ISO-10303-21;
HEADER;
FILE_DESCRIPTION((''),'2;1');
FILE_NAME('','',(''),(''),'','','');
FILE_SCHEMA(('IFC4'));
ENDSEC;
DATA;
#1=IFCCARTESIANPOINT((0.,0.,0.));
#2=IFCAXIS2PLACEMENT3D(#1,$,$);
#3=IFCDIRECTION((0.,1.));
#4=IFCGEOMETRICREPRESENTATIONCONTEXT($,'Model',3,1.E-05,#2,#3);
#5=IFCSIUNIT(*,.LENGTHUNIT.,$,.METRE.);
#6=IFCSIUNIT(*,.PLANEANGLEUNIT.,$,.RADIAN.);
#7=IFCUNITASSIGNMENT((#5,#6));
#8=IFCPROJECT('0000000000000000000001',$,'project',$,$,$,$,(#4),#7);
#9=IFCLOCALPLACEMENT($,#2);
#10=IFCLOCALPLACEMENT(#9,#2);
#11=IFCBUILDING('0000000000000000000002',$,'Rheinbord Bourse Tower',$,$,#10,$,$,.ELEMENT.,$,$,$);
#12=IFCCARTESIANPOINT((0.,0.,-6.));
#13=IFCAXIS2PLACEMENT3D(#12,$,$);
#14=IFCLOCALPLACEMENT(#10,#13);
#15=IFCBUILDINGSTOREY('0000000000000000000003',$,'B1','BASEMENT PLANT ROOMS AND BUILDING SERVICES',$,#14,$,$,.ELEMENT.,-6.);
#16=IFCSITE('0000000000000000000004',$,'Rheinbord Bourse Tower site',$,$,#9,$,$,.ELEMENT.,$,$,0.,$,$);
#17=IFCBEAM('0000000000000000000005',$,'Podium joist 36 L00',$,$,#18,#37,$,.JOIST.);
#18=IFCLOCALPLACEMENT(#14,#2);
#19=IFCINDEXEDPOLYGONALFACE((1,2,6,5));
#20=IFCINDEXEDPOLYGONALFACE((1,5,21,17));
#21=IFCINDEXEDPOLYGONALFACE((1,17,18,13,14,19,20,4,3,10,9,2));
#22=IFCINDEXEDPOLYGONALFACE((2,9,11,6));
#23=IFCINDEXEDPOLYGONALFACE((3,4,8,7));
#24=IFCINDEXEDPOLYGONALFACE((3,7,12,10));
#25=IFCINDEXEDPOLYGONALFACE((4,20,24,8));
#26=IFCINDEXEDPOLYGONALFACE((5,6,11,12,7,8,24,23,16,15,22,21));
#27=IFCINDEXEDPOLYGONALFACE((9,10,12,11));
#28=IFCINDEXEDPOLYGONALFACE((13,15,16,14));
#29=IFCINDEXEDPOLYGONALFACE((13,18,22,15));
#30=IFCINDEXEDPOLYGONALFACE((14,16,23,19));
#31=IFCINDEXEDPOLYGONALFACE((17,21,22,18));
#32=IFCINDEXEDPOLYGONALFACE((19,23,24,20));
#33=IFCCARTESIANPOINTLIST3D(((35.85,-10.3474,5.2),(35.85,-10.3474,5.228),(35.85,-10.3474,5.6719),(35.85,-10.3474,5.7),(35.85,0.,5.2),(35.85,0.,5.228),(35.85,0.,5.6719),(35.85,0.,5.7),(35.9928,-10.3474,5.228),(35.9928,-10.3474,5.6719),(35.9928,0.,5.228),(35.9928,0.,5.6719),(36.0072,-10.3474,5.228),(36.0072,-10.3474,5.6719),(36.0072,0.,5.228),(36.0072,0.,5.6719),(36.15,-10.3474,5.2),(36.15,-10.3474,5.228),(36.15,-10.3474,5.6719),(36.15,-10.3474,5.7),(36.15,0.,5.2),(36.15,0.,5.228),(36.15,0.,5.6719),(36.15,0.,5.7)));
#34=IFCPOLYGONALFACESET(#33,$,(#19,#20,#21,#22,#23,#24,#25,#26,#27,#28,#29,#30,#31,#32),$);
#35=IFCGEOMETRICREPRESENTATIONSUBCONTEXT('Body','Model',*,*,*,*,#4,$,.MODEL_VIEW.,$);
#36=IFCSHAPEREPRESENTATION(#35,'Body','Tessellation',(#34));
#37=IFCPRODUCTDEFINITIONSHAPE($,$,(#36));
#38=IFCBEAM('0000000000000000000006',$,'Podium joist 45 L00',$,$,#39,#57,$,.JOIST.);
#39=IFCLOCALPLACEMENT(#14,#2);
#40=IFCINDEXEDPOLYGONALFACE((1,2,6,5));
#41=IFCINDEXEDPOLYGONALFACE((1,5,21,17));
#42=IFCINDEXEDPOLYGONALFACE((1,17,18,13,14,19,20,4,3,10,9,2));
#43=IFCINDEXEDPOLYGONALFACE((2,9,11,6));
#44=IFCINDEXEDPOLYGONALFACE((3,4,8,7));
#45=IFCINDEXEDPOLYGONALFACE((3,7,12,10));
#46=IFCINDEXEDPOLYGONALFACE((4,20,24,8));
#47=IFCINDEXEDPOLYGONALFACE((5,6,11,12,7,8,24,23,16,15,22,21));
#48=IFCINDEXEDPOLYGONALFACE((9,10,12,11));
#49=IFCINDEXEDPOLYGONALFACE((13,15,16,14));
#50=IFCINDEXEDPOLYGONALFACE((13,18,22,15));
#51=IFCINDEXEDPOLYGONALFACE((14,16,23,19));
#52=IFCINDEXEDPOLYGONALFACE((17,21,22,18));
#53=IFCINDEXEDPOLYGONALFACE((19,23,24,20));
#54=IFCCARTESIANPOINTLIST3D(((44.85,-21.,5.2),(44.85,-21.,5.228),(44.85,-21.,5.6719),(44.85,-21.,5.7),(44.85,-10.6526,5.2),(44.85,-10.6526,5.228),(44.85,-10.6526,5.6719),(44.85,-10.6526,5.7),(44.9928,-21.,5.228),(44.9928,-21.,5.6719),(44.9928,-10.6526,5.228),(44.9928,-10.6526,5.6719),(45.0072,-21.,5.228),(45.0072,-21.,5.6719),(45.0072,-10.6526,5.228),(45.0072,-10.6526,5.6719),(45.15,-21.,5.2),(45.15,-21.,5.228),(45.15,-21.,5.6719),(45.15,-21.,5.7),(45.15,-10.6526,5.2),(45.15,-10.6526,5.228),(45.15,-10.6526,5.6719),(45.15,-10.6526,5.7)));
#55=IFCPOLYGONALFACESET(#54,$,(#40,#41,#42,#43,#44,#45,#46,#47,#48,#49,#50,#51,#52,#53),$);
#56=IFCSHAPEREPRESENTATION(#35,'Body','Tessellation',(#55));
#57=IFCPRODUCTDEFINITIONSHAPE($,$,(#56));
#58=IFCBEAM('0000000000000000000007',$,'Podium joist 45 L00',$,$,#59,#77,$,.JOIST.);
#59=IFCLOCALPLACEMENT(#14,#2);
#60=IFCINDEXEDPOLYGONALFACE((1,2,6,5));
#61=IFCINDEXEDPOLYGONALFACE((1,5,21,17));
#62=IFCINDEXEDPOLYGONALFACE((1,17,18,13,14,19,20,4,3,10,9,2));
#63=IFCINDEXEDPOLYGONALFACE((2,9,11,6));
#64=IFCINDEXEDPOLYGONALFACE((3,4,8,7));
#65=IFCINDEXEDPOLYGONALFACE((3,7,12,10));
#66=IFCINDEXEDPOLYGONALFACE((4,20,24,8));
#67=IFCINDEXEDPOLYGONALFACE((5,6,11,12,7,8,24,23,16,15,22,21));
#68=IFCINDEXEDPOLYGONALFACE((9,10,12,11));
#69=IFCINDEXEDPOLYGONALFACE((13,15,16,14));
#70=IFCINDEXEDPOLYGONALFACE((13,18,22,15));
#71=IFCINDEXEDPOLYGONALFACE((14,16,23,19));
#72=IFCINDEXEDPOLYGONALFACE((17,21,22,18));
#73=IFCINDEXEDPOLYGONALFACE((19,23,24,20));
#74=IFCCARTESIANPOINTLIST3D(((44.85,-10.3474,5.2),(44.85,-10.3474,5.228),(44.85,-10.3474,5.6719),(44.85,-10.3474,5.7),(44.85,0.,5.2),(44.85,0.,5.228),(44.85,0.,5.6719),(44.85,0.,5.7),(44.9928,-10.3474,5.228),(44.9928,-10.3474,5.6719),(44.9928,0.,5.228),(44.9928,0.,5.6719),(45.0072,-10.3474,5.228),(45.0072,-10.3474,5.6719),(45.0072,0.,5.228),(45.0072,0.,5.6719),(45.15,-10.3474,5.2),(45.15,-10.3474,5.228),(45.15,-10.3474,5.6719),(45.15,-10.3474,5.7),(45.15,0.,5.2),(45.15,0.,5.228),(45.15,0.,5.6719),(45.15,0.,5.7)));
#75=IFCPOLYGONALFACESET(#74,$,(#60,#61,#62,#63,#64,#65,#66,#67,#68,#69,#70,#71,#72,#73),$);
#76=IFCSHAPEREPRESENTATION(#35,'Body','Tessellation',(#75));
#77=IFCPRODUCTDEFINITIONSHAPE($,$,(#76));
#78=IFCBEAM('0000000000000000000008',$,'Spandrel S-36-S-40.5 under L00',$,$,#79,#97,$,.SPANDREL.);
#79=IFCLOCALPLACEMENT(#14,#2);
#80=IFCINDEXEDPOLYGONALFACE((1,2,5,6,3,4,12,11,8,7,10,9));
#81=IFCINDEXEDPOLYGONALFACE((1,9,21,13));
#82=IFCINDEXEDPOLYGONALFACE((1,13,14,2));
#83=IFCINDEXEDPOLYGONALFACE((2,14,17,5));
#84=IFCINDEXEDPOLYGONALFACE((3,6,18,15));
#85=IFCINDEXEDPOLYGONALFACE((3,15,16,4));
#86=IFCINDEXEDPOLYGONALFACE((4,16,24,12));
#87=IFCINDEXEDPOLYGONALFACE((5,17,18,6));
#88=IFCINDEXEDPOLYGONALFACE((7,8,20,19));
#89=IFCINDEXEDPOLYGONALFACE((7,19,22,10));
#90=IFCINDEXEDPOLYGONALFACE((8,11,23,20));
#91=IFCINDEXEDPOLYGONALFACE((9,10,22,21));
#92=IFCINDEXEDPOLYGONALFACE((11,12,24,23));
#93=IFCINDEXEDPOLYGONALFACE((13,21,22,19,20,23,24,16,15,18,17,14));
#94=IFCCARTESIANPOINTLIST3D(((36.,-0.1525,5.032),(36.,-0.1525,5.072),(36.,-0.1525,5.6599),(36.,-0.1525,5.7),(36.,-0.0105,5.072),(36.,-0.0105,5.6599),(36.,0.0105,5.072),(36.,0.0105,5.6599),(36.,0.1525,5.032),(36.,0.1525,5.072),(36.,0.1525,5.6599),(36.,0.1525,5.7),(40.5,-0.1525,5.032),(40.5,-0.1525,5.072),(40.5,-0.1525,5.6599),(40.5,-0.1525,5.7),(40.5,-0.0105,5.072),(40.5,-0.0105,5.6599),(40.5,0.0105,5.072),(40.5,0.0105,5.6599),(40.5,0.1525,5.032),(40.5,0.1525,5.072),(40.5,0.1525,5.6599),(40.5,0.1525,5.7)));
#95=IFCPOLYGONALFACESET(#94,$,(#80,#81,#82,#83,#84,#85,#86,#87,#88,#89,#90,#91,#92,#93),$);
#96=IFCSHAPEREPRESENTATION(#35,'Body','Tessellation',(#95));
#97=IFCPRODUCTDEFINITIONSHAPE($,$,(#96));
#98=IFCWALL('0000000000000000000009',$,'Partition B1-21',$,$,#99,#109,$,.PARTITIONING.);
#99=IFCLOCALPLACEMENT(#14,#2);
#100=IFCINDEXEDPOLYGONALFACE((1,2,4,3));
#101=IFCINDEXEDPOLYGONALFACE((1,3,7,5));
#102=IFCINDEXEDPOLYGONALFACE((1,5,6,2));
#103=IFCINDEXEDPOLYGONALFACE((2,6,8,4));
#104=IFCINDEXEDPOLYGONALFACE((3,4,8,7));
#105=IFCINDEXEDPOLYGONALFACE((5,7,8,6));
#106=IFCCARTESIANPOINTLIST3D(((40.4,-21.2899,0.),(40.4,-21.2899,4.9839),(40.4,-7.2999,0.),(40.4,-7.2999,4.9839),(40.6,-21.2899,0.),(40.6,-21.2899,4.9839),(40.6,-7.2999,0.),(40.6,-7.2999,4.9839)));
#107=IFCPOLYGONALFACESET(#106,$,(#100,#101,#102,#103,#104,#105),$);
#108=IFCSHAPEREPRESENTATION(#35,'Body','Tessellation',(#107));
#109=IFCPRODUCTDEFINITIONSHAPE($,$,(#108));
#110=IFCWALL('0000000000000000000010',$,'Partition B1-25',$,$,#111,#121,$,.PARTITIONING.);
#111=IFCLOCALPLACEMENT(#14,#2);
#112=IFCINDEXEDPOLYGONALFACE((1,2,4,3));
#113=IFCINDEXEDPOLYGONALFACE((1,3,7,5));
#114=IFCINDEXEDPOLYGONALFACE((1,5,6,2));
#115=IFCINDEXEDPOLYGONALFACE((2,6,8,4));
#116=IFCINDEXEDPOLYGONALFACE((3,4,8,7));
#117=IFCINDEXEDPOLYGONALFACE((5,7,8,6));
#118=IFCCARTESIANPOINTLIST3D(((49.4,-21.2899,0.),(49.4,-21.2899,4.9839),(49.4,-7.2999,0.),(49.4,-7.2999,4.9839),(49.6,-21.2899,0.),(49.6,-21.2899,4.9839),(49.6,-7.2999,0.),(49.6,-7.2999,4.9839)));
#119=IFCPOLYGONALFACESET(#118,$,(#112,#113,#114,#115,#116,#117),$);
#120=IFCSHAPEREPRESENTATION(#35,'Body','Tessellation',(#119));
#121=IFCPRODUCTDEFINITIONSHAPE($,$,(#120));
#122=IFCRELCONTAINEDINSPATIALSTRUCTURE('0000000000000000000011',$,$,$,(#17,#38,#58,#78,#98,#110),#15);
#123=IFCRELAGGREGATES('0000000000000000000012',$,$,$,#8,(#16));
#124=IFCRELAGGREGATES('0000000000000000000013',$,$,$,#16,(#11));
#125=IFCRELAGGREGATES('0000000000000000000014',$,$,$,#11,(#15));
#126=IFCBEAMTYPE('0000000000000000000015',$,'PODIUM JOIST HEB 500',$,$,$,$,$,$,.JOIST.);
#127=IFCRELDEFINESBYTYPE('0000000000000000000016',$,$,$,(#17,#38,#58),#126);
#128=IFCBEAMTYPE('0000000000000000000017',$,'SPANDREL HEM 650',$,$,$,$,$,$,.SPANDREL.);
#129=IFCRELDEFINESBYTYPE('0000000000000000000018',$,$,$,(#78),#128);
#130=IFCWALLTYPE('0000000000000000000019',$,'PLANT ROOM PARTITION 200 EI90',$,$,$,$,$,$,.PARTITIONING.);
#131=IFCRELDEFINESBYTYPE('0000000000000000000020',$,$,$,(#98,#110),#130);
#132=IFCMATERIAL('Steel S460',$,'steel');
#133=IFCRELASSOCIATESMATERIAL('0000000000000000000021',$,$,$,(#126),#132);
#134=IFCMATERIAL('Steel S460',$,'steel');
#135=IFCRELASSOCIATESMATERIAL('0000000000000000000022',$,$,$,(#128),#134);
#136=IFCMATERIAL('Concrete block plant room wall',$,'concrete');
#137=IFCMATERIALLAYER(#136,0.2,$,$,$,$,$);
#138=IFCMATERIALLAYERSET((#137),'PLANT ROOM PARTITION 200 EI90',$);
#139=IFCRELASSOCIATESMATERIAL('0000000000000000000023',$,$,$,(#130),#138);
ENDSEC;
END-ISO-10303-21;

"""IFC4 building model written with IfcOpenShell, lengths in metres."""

from ifc_helpers import new_model, si_unit, direction, frame, frame_2d, origin, origin_2d, place, context, subcontext, project, spatial, rectangle, i_section, extrude, material, layer, layer_set, material_profile, profile_set, type_object, element, save


model = new_model("IFC4")

# Units and contexts
model_context = context("Model", 3, precision=1e-05, world=origin(), true_north=direction((0.0, 1.0)))
body_context = subcontext(model_context, "Body", "Model", "MODEL_VIEW")
ifc_project = project(units=[si_unit("LENGTHUNIT", "METRE"), si_unit("PLANEANGLEUNIT", "RADIAN")], contexts=[model_context])

# Site, building, storey
site_placement = place(None, origin())
site = spatial("IfcSite", under=ifc_project, at=site_placement, Name="Rheinbord Bourse Tower site", CompositionType="ELEMENT", RefElevation=0.0)
building_placement = place(site_placement, origin())
building = spatial("IfcBuilding", under=site, at=building_placement, Name="Rheinbord Bourse Tower", CompositionType="ELEMENT")
storey_placement = place(building_placement, frame((0.0, 0.0, -6.0)))
storey = spatial("IfcBuildingStorey", under=building, at=storey_placement, Name="B1", Description="BASEMENT PLANT ROOMS AND BUILDING SERVICES", CompositionType="ELEMENT", Elevation=-6.0)

# Beams
ifc_material_1 = material(Name="Steel S460", Category="steel")
ifc_material_profile_1 = material_profile(ifc_material_1, i_section(OverallWidth=0.3, OverallDepth=0.5, WebThickness=0.0144, FlangeThickness=0.0281, at=origin_2d()), Name="HEB 500")
ifc_profile_set_1 = profile_set([ifc_material_profile_1], Name="Steel S460")
beam_type_1 = type_object("IfcBeamType", Name="PODIUM JOIST HEB 500", PredefinedType="JOIST", material=ifc_profile_set_1)
for number, where, z_axis, x_axis, name in (
    (1, (36.0, -10.3474, 5.45), (0.0, 1.0, 0.0), (-1.0, 0.0, 0.0), "Podium joist 36 L00"),
    (2, (45.0, -21.0, 5.45), (0.0, 1.0, 0.0), (-1.0, 0.0, 0.0), "Podium joist 45 L00"),
    (3, (45.0, -10.3474, 5.45), (0.0, 1.0, 0.0), (-1.0, 0.0, 0.0), "Podium joist 45 L00"),
):
    element("IfcBeam", number, at=place(storey_placement, frame(where, z_axis=z_axis, x_axis=x_axis)), inside=storey, type_object=beam_type_1, Name=name, PredefinedType="JOIST", context=body_context, shape_type="SweptSolid", body=[
        extrude(i_section(OverallWidth=0.3, OverallDepth=0.5, WebThickness=0.0144, FlangeThickness=0.0281, at=origin_2d()), origin(), (0.0, 0.0, 1.0), 10.3474),
    ])
ifc_material_2 = material(Name="Steel S460", Category="steel")
ifc_material_profile_2 = material_profile(ifc_material_2, i_section(OverallWidth=0.3049, OverallDepth=0.668, WebThickness=0.021, FlangeThickness=0.04, at=origin_2d()), Name="HEM 650")
ifc_profile_set_2 = profile_set([ifc_material_profile_2], Name="Steel S460")
beam_type_2 = type_object("IfcBeamType", Name="SPANDREL HEM 650", PredefinedType="SPANDREL", material=ifc_profile_set_2)
beam_placement = place(storey_placement, frame((36.0, 0.0, 5.366), z_axis=(1.0, 0.0, 0.0), x_axis=(0.0, 1.0, 0.0)))
element("IfcBeam", 4, at=beam_placement, inside=storey, type_object=beam_type_2, Name="Spandrel S-36-S-40.5 under L00", PredefinedType="SPANDREL", context=body_context, shape_type="SweptSolid", body=[
    extrude(i_section(OverallWidth=0.3049, OverallDepth=0.668, WebThickness=0.021, FlangeThickness=0.04, at=origin_2d()), origin(), (0.0, 0.0, 1.0), 4.5),
])

# Walls
ifc_material_3 = material(Name="Concrete block plant room wall", Category="concrete")
ifc_layer = layer(ifc_material_3, 0.2)
ifc_layer_set = layer_set([ifc_layer], Name="PLANT ROOM PARTITION 200 EI90")
wall_type = type_object("IfcWallType", Name="PLANT ROOM PARTITION 200 EI90", PredefinedType="PARTITIONING", material=ifc_layer_set)
for number, where, z_axis, x_axis, name in (
    (5, (40.5, -21.29, 0.0), (0.0, 0.0, 1.0), (0.0, 1.0, 0.0), "Partition B1-21"),
    (6, (49.5, -21.29, 0.0), (0.0, 0.0, 1.0), (0.0, 1.0, 0.0), "Partition B1-25"),
):
    element("IfcWall", number, at=place(storey_placement, frame(where, z_axis=z_axis, x_axis=x_axis)), inside=storey, type_object=wall_type, Name=name, PredefinedType="PARTITIONING", context=body_context, shape_type="SweptSolid", body=[
        extrude(rectangle(XDim=13.99, YDim=0.2, at=frame_2d((6.9951, 0.0))), origin(), (0.0, 0.0, 1.0), 4.9839),
    ])

save(model, "model.ifc")
